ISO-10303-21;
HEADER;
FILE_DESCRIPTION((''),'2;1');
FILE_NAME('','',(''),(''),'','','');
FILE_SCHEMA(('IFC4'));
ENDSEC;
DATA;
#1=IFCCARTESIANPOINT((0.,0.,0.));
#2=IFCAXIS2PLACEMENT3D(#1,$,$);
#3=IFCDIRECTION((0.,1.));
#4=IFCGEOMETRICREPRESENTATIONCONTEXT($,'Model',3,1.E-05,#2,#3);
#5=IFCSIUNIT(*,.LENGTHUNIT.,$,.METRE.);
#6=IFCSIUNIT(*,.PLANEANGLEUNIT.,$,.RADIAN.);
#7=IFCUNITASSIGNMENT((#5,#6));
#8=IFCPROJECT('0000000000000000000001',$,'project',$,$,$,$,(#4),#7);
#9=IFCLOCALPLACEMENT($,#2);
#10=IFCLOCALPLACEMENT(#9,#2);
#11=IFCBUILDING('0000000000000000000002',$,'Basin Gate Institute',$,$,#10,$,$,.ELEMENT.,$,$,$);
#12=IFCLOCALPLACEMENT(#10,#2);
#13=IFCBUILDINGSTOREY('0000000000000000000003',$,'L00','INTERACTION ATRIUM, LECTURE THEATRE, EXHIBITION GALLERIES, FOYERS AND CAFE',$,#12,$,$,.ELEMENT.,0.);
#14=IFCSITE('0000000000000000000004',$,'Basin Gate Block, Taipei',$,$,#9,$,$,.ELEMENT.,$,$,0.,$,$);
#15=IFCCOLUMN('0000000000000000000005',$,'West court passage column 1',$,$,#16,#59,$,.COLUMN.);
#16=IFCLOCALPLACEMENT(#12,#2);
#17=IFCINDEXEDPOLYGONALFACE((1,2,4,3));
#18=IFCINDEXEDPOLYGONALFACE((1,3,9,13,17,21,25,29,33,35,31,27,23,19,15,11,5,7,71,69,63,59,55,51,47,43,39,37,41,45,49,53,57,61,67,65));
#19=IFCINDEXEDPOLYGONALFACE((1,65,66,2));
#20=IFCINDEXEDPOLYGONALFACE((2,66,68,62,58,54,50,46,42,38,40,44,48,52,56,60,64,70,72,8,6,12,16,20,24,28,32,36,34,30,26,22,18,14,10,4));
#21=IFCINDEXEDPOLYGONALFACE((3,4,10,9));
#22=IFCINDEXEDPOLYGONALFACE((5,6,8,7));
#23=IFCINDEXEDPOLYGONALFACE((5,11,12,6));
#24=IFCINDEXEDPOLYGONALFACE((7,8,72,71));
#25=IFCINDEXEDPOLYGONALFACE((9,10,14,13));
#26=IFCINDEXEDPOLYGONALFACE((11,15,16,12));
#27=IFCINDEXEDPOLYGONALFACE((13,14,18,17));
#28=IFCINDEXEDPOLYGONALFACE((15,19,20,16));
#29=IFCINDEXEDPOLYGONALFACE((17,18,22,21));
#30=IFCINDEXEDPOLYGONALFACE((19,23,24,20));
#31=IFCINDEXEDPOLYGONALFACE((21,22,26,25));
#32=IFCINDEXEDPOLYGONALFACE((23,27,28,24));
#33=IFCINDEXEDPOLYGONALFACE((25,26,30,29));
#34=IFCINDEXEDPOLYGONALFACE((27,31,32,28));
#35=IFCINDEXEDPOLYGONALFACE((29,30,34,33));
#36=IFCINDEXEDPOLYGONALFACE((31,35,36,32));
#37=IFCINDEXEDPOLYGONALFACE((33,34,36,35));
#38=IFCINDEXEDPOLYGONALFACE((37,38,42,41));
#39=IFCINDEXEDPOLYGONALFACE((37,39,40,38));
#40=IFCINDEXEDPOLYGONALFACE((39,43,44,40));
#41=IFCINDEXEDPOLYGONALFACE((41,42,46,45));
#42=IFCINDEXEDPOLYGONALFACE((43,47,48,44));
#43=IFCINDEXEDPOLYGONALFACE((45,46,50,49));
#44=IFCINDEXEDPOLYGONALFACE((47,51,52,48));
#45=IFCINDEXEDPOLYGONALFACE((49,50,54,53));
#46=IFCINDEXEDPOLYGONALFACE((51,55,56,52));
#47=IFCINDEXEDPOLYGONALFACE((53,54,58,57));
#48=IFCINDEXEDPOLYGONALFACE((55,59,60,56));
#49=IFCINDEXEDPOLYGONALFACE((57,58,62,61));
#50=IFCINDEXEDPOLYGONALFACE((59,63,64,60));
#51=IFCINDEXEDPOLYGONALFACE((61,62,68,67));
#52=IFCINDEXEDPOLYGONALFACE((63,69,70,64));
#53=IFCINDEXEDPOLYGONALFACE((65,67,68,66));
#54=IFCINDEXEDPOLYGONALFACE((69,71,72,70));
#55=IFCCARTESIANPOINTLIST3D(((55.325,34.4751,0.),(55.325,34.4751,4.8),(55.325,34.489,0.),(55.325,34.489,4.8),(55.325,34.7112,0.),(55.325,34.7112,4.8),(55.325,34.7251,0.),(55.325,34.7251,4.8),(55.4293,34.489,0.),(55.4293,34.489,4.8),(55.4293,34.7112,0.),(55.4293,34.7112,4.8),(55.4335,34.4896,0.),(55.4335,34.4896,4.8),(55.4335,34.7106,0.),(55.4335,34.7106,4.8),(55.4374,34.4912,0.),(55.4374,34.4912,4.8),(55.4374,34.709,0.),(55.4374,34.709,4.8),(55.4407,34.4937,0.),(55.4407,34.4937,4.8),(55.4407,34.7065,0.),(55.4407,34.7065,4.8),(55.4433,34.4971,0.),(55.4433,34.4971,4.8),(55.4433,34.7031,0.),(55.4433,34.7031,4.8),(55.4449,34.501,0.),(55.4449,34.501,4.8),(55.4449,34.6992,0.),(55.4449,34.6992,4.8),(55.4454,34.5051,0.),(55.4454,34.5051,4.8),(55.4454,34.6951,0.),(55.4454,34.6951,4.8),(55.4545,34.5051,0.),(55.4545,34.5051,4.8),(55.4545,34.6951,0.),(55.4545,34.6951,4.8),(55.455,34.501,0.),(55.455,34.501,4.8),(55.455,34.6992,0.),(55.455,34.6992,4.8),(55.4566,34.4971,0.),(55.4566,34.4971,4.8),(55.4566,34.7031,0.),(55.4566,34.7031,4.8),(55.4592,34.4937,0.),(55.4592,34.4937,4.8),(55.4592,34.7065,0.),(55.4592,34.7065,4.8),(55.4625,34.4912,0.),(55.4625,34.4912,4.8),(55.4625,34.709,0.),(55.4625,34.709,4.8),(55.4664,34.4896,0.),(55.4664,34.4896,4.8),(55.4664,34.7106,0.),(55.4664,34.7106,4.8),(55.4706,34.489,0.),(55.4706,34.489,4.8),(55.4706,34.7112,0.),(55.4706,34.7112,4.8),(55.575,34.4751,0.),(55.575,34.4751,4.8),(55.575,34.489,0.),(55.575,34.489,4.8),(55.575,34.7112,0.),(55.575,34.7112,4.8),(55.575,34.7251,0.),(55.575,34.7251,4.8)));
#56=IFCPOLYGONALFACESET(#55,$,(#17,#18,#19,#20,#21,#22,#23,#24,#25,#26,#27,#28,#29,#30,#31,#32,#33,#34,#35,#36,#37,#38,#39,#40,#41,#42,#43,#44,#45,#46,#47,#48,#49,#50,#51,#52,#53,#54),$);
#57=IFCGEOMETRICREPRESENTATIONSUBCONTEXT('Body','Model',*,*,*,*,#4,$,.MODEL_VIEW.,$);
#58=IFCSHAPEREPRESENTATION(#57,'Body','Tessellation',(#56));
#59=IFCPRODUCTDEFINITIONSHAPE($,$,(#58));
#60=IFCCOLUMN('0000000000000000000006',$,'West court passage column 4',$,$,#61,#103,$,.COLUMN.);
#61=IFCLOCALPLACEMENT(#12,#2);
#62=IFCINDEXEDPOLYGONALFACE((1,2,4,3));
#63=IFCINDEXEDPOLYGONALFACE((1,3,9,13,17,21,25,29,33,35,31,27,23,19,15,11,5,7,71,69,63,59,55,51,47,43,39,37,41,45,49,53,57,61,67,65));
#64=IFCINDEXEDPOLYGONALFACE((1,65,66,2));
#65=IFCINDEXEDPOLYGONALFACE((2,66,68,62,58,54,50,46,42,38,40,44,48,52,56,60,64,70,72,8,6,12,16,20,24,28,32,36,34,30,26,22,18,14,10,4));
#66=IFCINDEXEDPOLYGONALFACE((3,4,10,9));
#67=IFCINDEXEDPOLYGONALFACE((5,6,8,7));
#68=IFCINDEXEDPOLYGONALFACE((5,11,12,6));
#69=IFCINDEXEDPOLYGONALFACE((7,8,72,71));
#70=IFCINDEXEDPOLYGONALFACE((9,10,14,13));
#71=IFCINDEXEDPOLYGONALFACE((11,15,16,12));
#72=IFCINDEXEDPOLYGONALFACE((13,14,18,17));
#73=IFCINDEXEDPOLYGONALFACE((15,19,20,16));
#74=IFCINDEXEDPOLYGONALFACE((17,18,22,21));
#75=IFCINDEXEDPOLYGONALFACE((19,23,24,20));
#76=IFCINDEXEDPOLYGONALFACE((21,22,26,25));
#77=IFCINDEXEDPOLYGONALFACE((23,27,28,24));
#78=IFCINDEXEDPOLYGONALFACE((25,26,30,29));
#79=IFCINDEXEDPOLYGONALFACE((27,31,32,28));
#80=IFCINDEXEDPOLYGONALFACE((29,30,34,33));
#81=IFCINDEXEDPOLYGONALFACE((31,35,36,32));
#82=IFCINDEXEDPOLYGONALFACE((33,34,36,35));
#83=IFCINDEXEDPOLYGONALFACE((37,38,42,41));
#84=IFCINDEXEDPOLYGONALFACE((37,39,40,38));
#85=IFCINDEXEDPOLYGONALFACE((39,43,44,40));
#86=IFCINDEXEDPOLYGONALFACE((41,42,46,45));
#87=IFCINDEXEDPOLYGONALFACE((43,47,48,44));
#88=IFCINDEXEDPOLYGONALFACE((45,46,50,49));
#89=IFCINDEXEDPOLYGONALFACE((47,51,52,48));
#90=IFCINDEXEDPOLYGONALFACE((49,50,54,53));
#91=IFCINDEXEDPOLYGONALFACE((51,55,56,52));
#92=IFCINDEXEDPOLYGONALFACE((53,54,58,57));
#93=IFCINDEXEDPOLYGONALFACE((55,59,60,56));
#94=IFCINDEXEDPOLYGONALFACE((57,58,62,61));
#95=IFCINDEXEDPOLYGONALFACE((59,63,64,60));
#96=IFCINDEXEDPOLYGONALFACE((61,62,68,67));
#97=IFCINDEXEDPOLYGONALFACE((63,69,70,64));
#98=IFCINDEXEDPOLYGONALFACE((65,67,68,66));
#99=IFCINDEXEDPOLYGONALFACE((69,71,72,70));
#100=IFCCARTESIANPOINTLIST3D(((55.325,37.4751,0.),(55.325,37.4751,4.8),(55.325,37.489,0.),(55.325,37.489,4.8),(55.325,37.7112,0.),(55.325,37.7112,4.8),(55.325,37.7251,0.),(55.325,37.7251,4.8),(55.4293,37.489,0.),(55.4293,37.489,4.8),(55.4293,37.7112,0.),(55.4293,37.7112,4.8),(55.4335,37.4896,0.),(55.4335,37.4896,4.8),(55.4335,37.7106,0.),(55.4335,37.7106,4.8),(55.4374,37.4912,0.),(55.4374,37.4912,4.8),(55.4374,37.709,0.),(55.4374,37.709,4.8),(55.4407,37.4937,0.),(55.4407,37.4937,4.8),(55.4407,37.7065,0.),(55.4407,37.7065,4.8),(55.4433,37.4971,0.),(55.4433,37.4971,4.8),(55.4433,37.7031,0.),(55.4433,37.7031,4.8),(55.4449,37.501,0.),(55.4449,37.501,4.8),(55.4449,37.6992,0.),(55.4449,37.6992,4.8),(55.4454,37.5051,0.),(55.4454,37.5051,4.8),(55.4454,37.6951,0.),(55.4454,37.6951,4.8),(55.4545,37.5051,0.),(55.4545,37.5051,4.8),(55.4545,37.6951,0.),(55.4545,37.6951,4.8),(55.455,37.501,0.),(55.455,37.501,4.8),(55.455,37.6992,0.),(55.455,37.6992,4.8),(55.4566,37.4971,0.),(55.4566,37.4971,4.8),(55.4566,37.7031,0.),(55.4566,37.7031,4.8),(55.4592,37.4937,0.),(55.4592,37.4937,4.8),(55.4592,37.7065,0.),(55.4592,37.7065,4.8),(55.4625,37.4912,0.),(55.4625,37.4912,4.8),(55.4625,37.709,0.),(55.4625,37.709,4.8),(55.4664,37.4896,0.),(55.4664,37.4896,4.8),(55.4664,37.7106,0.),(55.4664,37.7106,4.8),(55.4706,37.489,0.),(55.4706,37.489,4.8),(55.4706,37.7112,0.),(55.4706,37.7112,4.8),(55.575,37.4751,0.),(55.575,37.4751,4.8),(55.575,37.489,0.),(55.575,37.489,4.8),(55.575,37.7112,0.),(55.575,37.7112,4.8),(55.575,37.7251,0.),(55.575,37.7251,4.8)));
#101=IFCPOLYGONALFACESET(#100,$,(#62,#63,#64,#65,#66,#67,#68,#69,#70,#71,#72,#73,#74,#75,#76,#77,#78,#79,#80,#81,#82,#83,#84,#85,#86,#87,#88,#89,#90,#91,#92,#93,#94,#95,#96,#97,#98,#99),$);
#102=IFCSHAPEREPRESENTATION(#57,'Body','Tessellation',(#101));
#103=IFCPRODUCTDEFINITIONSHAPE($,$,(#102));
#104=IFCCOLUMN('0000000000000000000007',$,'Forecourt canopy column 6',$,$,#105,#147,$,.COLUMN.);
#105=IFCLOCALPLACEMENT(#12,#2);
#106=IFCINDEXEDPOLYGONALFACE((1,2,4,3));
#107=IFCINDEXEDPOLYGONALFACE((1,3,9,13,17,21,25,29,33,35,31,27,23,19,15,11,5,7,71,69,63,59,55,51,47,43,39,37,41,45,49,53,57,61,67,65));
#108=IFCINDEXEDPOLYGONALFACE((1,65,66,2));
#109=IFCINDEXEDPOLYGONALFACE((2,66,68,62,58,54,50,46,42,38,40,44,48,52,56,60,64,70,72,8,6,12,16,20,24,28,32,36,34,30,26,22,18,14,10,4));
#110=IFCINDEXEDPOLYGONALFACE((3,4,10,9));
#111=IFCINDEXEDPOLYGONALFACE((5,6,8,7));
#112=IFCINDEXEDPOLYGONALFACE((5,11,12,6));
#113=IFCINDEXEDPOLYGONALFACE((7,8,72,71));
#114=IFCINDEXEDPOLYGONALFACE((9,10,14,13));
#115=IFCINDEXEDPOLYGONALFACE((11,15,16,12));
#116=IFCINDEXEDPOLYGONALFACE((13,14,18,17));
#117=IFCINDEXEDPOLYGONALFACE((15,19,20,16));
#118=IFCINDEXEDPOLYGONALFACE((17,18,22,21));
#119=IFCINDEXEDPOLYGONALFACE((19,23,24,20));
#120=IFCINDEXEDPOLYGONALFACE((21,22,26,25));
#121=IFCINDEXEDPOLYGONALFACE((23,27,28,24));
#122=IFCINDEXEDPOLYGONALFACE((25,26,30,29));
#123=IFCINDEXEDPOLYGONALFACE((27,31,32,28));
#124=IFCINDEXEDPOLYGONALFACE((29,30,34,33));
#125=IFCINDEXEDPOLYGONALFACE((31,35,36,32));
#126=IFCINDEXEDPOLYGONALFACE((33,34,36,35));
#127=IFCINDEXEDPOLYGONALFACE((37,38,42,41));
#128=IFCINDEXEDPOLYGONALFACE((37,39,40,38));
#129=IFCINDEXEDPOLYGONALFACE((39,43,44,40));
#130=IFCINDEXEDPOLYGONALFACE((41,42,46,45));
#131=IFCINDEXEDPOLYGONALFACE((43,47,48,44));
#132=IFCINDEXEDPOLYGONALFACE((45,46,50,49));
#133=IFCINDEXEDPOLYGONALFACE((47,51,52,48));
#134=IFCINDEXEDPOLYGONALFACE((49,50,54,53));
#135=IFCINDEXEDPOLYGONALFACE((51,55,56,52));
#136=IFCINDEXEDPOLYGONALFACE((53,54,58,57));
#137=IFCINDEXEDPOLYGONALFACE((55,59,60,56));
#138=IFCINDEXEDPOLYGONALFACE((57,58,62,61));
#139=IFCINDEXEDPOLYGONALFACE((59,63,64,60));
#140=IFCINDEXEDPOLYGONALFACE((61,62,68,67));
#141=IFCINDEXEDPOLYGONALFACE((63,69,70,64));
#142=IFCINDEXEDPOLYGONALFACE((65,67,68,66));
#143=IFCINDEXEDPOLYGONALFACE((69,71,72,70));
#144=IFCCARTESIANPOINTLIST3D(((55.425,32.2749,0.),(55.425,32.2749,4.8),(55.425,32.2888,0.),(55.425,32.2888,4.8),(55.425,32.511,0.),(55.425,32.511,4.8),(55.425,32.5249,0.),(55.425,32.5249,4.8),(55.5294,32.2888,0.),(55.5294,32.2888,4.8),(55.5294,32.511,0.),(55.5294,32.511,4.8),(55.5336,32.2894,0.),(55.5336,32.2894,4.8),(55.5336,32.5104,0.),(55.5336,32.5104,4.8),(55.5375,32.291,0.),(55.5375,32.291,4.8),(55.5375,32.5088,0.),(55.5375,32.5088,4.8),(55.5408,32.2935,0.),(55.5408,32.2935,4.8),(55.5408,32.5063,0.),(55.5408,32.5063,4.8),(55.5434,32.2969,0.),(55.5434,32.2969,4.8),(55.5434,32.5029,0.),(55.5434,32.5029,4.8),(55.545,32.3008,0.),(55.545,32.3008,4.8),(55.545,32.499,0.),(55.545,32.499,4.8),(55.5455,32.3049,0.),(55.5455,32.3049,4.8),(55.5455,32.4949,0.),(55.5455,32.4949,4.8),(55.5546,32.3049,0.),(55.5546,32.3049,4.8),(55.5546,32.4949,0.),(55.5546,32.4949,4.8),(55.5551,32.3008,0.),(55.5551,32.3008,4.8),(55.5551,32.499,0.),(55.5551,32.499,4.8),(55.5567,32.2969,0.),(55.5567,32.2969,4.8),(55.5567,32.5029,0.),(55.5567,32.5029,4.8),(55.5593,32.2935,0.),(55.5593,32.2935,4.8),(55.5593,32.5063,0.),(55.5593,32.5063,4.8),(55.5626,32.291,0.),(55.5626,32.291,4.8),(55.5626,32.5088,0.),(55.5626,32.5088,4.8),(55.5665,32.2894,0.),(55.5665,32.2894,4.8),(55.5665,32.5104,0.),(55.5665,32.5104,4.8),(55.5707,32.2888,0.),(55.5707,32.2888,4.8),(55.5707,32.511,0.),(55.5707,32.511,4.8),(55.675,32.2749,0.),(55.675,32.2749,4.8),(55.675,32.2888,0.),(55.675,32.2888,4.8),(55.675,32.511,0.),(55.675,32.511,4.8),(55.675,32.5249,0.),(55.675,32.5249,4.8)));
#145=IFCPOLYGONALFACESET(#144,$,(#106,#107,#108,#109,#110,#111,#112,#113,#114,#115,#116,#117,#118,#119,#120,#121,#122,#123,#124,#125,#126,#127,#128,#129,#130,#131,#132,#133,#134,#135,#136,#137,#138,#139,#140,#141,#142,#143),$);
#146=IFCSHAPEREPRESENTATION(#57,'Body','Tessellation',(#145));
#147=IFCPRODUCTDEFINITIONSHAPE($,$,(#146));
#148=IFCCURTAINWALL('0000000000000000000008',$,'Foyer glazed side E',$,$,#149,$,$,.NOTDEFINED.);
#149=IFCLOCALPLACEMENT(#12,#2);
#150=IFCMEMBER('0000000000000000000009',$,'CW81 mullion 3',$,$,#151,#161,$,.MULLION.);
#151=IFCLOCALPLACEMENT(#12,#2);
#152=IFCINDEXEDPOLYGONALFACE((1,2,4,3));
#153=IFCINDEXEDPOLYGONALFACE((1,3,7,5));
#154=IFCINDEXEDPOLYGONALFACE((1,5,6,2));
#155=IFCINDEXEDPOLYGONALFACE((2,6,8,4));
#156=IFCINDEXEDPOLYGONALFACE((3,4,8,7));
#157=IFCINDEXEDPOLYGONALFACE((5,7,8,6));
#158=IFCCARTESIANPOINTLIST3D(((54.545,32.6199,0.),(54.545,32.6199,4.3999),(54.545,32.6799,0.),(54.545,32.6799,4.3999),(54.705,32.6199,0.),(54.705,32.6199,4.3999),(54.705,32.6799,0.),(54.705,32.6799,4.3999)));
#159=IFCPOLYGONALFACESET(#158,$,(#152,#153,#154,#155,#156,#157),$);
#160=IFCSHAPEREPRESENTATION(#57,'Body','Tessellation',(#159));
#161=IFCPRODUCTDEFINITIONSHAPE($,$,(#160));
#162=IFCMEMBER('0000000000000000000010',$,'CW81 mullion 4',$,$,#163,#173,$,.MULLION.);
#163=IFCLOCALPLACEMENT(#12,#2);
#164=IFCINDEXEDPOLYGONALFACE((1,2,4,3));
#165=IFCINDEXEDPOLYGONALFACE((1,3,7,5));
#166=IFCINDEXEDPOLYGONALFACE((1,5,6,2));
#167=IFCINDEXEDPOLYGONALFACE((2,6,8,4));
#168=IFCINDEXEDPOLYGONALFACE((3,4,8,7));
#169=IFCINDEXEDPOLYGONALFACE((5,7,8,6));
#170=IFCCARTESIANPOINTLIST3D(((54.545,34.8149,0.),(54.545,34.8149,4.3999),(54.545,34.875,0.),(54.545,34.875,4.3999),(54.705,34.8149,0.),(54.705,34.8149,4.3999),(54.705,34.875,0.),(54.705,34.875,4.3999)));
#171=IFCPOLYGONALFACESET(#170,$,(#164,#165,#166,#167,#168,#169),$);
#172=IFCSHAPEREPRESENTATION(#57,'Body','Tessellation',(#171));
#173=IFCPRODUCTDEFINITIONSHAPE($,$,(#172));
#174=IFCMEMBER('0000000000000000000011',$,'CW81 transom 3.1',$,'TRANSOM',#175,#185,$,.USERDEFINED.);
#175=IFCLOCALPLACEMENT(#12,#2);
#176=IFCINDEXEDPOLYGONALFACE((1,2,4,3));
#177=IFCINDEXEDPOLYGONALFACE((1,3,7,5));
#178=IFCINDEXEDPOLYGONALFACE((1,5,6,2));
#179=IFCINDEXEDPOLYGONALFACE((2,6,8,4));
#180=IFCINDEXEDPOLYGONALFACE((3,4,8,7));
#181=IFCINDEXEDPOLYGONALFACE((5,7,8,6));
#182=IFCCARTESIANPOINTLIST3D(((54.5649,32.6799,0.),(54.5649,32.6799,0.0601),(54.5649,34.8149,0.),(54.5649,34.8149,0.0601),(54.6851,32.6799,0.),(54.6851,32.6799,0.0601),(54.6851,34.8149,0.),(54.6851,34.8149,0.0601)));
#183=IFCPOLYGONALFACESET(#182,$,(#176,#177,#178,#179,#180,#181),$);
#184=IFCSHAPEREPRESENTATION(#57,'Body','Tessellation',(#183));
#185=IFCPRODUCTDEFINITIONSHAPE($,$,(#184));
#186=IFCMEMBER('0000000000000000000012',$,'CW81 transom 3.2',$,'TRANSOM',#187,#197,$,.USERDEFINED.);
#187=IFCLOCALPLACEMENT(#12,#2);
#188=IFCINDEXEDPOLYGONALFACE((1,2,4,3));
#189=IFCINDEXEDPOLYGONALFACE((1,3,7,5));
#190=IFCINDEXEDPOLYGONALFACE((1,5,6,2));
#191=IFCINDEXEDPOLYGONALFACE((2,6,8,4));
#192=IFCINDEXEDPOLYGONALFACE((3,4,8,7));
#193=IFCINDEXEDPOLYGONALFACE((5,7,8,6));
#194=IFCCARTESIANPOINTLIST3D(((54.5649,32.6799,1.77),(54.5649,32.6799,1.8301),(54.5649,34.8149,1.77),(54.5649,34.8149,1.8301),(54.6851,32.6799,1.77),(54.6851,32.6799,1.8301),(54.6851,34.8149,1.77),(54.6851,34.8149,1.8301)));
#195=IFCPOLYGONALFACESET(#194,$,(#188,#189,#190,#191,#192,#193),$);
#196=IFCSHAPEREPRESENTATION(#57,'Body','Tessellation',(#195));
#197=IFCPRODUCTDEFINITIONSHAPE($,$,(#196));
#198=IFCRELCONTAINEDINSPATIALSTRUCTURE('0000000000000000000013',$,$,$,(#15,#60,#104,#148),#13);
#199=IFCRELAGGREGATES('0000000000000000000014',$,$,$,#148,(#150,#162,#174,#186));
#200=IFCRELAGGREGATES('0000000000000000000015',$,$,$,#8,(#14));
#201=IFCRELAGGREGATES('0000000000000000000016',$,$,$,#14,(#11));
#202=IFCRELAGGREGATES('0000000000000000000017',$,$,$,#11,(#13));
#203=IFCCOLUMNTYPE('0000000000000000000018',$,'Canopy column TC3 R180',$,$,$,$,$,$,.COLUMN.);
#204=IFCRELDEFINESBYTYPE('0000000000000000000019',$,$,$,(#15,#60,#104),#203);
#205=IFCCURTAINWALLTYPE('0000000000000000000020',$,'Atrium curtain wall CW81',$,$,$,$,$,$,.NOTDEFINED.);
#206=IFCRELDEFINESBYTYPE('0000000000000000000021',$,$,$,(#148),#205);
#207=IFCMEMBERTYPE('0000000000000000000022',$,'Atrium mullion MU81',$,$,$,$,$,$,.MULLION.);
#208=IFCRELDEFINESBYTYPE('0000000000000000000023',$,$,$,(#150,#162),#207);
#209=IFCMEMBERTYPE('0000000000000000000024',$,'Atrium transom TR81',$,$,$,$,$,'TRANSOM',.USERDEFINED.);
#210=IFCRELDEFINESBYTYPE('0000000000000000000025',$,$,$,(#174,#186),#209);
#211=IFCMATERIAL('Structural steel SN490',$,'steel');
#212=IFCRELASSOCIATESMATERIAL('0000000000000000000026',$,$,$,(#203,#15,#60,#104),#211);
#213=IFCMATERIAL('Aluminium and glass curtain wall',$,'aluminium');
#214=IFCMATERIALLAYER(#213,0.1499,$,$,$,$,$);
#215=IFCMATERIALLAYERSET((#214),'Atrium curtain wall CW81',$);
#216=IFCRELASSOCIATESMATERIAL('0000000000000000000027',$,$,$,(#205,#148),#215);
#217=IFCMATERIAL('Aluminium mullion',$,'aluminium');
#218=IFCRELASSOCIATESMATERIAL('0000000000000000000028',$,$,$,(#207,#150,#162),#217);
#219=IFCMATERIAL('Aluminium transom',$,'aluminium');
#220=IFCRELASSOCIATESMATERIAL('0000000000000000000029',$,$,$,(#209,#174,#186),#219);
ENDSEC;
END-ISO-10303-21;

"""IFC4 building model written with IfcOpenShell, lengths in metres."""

from ifc_helpers import new_model, si_unit, direction, frame, origin, origin_2d, place, context, subcontext, project, spatial, rectangle, i_section, extrude, material, layer, layer_set, material_profile, profile_set, type_object, element, aggregate, save


model = new_model("IFC4")

# Units and contexts
model_context = context("Model", 3, precision=1e-05, world=origin(), true_north=direction((0.0, 1.0)))
body_context = subcontext(model_context, "Body", "Model", "MODEL_VIEW")
ifc_project = project(units=[si_unit("LENGTHUNIT", "METRE"), si_unit("PLANEANGLEUNIT", "RADIAN")], contexts=[model_context])

# Site, building, storey
site_placement = place(None, origin())
site = spatial("IfcSite", under=ifc_project, at=site_placement, Name="Basin Gate Block, Taipei", CompositionType="ELEMENT", RefElevation=0.0)
building_placement = place(site_placement, origin())
building = spatial("IfcBuilding", under=site, at=building_placement, Name="Basin Gate Institute", CompositionType="ELEMENT")
storey_placement = place(building_placement, origin())
storey = spatial("IfcBuildingStorey", under=building, at=storey_placement, Name="L00", Description="INTERACTION ATRIUM, LECTURE THEATRE, EXHIBITION GALLERIES, FOYERS AND CAFE", CompositionType="ELEMENT", Elevation=0.0)

# Columns
ifc_material_1 = material(Name="Structural steel SN490", Category="steel")
ifc_material_profile_1 = material_profile(ifc_material_1, i_section(OverallWidth=0.25, OverallDepth=0.25, WebThickness=0.009, FlangeThickness=0.0139, FilletRadius=0.0161, at=origin_2d()), Name="H250x250")
ifc_profile_set_1 = profile_set([ifc_material_profile_1], Name="Structural steel SN490")
column_type = type_object("IfcColumnType", Name="Canopy column TC3 R180", PredefinedType="COLUMN", material=ifc_profile_set_1)
for number, where, z_axis, x_axis, name in (
    (1, (55.45, 34.6001, 0.0), (0.0, 0.0, 1.0), (1.0, 0.0, 0.0), "West court passage column 1"),
    (2, (55.45, 37.6001, 0.0), (0.0, 0.0, 1.0), (1.0, 0.0, 0.0), "West court passage column 4"),
    (3, (55.55, 32.3999, 0.0), (0.0, 0.0, 1.0), (1.0, 0.0, 0.0), "Forecourt canopy column 6"),
):
    element("IfcColumn", number, at=place(storey_placement, frame(where, z_axis=z_axis, x_axis=x_axis)), inside=storey, type_object=column_type, material=ifc_profile_set_1, Name=name, PredefinedType="COLUMN", context=body_context, shape_type="SweptSolid", body=[
        extrude(i_section(OverallWidth=0.25, OverallDepth=0.25, WebThickness=0.009, FlangeThickness=0.0139, FilletRadius=0.0161, at=origin_2d()), origin(), (0.0, 0.0, 1.0), 4.8),
    ])

# Curtain wall, members
ifc_material_2 = material(Name="Aluminium and glass curtain wall", Category="aluminium")
ifc_layer_1 = layer(ifc_material_2, 0.1499)
ifc_layer_set_1 = layer_set([ifc_layer_1], Name="Atrium curtain wall CW81")
curtain_wall_type = type_object("IfcCurtainWallType", Name="Atrium curtain wall CW81", PredefinedType="NOTDEFINED", material=ifc_layer_set_1)
curtain_wall_placement = place(storey_placement, origin())
curtain_wall = element("IfcCurtainWall", 4, at=curtain_wall_placement, inside=storey, type_object=curtain_wall_type, material=ifc_layer_set_1, Name="Foyer glazed side E", PredefinedType="NOTDEFINED")
ifc_material_3 = material(Name="Aluminium mullion", Category="aluminium")
ifc_material_profile_2 = material_profile(ifc_material_3, rectangle(XDim=0.1599, YDim=0.0601, at=origin_2d()), Name="Atrium mullion MU81 160 x 60")
ifc_profile_set_2 = profile_set([ifc_material_profile_2], Name="Aluminium mullion")
member_type_1 = type_object("IfcMemberType", Name="Atrium mullion MU81", PredefinedType="MULLION", material=ifc_profile_set_2)
member_1_placement = place(storey_placement, frame((54.625, 32.6499, 0.0), z_axis=(0.0, 0.0, 1.0), x_axis=(-1.0, 0.0, 0.0)))
member_1 = element("IfcMember", 5, at=member_1_placement, type_object=member_type_1, material=ifc_profile_set_2, Name="CW81 mullion 3", PredefinedType="MULLION", context=body_context, shape_type="SweptSolid", body=[
    extrude(rectangle(XDim=0.1599, YDim=0.0601, at=origin_2d()), origin(), (0.0, 0.0, 1.0), 4.3999),
])
member_2_placement = place(storey_placement, frame((54.625, 34.845, 0.0), z_axis=(0.0, 0.0, 1.0), x_axis=(-1.0, 0.0, 0.0)))
member_2 = element("IfcMember", 6, at=member_2_placement, type_object=member_type_1, material=ifc_profile_set_2, Name="CW81 mullion 4", PredefinedType="MULLION", context=body_context, shape_type="SweptSolid", body=[
    extrude(rectangle(XDim=0.1599, YDim=0.0601, at=origin_2d()), origin(), (0.0, 0.0, 1.0), 4.3999),
])
ifc_material_4 = material(Name="Aluminium transom", Category="aluminium")
ifc_material_profile_3 = material_profile(ifc_material_4, rectangle(XDim=0.1201, YDim=0.0601, at=origin_2d()), Name="Atrium transom TR81 120 x 60")
ifc_profile_set_3 = profile_set([ifc_material_profile_3], Name="Aluminium transom")
member_type_2 = type_object("IfcMemberType", Name="Atrium transom TR81", ElementType="TRANSOM", PredefinedType="USERDEFINED", material=ifc_profile_set_3)
member_3_placement = place(storey_placement, frame((54.625, 32.6799, 0.03), z_axis=(0.0, 1.0, 0.0), x_axis=(-1.0, 0.0, 0.0)))
member_3 = element("IfcMember", 7, at=member_3_placement, type_object=member_type_2, material=ifc_profile_set_3, Name="CW81 transom 3.1", ObjectType="TRANSOM", PredefinedType="USERDEFINED", context=body_context, shape_type="SweptSolid", body=[
    extrude(rectangle(XDim=0.1201, YDim=0.0601, at=origin_2d()), origin(), (0.0, 0.0, 1.0), 2.135),
])
member_4_placement = place(storey_placement, frame((54.625, 32.6799, 1.8), z_axis=(0.0, 1.0, 0.0), x_axis=(-1.0, 0.0, 0.0)))
member_4 = element("IfcMember", 8, at=member_4_placement, type_object=member_type_2, material=ifc_profile_set_3, Name="CW81 transom 3.2", ObjectType="TRANSOM", PredefinedType="USERDEFINED", context=body_context, shape_type="SweptSolid", body=[
    extrude(rectangle(XDim=0.1201, YDim=0.0601, at=origin_2d()), origin(), (0.0, 0.0, 1.0), 2.135),
])

aggregate(curtain_wall, [member_1, member_2, member_3, member_4])

save(model, "model.ifc")
